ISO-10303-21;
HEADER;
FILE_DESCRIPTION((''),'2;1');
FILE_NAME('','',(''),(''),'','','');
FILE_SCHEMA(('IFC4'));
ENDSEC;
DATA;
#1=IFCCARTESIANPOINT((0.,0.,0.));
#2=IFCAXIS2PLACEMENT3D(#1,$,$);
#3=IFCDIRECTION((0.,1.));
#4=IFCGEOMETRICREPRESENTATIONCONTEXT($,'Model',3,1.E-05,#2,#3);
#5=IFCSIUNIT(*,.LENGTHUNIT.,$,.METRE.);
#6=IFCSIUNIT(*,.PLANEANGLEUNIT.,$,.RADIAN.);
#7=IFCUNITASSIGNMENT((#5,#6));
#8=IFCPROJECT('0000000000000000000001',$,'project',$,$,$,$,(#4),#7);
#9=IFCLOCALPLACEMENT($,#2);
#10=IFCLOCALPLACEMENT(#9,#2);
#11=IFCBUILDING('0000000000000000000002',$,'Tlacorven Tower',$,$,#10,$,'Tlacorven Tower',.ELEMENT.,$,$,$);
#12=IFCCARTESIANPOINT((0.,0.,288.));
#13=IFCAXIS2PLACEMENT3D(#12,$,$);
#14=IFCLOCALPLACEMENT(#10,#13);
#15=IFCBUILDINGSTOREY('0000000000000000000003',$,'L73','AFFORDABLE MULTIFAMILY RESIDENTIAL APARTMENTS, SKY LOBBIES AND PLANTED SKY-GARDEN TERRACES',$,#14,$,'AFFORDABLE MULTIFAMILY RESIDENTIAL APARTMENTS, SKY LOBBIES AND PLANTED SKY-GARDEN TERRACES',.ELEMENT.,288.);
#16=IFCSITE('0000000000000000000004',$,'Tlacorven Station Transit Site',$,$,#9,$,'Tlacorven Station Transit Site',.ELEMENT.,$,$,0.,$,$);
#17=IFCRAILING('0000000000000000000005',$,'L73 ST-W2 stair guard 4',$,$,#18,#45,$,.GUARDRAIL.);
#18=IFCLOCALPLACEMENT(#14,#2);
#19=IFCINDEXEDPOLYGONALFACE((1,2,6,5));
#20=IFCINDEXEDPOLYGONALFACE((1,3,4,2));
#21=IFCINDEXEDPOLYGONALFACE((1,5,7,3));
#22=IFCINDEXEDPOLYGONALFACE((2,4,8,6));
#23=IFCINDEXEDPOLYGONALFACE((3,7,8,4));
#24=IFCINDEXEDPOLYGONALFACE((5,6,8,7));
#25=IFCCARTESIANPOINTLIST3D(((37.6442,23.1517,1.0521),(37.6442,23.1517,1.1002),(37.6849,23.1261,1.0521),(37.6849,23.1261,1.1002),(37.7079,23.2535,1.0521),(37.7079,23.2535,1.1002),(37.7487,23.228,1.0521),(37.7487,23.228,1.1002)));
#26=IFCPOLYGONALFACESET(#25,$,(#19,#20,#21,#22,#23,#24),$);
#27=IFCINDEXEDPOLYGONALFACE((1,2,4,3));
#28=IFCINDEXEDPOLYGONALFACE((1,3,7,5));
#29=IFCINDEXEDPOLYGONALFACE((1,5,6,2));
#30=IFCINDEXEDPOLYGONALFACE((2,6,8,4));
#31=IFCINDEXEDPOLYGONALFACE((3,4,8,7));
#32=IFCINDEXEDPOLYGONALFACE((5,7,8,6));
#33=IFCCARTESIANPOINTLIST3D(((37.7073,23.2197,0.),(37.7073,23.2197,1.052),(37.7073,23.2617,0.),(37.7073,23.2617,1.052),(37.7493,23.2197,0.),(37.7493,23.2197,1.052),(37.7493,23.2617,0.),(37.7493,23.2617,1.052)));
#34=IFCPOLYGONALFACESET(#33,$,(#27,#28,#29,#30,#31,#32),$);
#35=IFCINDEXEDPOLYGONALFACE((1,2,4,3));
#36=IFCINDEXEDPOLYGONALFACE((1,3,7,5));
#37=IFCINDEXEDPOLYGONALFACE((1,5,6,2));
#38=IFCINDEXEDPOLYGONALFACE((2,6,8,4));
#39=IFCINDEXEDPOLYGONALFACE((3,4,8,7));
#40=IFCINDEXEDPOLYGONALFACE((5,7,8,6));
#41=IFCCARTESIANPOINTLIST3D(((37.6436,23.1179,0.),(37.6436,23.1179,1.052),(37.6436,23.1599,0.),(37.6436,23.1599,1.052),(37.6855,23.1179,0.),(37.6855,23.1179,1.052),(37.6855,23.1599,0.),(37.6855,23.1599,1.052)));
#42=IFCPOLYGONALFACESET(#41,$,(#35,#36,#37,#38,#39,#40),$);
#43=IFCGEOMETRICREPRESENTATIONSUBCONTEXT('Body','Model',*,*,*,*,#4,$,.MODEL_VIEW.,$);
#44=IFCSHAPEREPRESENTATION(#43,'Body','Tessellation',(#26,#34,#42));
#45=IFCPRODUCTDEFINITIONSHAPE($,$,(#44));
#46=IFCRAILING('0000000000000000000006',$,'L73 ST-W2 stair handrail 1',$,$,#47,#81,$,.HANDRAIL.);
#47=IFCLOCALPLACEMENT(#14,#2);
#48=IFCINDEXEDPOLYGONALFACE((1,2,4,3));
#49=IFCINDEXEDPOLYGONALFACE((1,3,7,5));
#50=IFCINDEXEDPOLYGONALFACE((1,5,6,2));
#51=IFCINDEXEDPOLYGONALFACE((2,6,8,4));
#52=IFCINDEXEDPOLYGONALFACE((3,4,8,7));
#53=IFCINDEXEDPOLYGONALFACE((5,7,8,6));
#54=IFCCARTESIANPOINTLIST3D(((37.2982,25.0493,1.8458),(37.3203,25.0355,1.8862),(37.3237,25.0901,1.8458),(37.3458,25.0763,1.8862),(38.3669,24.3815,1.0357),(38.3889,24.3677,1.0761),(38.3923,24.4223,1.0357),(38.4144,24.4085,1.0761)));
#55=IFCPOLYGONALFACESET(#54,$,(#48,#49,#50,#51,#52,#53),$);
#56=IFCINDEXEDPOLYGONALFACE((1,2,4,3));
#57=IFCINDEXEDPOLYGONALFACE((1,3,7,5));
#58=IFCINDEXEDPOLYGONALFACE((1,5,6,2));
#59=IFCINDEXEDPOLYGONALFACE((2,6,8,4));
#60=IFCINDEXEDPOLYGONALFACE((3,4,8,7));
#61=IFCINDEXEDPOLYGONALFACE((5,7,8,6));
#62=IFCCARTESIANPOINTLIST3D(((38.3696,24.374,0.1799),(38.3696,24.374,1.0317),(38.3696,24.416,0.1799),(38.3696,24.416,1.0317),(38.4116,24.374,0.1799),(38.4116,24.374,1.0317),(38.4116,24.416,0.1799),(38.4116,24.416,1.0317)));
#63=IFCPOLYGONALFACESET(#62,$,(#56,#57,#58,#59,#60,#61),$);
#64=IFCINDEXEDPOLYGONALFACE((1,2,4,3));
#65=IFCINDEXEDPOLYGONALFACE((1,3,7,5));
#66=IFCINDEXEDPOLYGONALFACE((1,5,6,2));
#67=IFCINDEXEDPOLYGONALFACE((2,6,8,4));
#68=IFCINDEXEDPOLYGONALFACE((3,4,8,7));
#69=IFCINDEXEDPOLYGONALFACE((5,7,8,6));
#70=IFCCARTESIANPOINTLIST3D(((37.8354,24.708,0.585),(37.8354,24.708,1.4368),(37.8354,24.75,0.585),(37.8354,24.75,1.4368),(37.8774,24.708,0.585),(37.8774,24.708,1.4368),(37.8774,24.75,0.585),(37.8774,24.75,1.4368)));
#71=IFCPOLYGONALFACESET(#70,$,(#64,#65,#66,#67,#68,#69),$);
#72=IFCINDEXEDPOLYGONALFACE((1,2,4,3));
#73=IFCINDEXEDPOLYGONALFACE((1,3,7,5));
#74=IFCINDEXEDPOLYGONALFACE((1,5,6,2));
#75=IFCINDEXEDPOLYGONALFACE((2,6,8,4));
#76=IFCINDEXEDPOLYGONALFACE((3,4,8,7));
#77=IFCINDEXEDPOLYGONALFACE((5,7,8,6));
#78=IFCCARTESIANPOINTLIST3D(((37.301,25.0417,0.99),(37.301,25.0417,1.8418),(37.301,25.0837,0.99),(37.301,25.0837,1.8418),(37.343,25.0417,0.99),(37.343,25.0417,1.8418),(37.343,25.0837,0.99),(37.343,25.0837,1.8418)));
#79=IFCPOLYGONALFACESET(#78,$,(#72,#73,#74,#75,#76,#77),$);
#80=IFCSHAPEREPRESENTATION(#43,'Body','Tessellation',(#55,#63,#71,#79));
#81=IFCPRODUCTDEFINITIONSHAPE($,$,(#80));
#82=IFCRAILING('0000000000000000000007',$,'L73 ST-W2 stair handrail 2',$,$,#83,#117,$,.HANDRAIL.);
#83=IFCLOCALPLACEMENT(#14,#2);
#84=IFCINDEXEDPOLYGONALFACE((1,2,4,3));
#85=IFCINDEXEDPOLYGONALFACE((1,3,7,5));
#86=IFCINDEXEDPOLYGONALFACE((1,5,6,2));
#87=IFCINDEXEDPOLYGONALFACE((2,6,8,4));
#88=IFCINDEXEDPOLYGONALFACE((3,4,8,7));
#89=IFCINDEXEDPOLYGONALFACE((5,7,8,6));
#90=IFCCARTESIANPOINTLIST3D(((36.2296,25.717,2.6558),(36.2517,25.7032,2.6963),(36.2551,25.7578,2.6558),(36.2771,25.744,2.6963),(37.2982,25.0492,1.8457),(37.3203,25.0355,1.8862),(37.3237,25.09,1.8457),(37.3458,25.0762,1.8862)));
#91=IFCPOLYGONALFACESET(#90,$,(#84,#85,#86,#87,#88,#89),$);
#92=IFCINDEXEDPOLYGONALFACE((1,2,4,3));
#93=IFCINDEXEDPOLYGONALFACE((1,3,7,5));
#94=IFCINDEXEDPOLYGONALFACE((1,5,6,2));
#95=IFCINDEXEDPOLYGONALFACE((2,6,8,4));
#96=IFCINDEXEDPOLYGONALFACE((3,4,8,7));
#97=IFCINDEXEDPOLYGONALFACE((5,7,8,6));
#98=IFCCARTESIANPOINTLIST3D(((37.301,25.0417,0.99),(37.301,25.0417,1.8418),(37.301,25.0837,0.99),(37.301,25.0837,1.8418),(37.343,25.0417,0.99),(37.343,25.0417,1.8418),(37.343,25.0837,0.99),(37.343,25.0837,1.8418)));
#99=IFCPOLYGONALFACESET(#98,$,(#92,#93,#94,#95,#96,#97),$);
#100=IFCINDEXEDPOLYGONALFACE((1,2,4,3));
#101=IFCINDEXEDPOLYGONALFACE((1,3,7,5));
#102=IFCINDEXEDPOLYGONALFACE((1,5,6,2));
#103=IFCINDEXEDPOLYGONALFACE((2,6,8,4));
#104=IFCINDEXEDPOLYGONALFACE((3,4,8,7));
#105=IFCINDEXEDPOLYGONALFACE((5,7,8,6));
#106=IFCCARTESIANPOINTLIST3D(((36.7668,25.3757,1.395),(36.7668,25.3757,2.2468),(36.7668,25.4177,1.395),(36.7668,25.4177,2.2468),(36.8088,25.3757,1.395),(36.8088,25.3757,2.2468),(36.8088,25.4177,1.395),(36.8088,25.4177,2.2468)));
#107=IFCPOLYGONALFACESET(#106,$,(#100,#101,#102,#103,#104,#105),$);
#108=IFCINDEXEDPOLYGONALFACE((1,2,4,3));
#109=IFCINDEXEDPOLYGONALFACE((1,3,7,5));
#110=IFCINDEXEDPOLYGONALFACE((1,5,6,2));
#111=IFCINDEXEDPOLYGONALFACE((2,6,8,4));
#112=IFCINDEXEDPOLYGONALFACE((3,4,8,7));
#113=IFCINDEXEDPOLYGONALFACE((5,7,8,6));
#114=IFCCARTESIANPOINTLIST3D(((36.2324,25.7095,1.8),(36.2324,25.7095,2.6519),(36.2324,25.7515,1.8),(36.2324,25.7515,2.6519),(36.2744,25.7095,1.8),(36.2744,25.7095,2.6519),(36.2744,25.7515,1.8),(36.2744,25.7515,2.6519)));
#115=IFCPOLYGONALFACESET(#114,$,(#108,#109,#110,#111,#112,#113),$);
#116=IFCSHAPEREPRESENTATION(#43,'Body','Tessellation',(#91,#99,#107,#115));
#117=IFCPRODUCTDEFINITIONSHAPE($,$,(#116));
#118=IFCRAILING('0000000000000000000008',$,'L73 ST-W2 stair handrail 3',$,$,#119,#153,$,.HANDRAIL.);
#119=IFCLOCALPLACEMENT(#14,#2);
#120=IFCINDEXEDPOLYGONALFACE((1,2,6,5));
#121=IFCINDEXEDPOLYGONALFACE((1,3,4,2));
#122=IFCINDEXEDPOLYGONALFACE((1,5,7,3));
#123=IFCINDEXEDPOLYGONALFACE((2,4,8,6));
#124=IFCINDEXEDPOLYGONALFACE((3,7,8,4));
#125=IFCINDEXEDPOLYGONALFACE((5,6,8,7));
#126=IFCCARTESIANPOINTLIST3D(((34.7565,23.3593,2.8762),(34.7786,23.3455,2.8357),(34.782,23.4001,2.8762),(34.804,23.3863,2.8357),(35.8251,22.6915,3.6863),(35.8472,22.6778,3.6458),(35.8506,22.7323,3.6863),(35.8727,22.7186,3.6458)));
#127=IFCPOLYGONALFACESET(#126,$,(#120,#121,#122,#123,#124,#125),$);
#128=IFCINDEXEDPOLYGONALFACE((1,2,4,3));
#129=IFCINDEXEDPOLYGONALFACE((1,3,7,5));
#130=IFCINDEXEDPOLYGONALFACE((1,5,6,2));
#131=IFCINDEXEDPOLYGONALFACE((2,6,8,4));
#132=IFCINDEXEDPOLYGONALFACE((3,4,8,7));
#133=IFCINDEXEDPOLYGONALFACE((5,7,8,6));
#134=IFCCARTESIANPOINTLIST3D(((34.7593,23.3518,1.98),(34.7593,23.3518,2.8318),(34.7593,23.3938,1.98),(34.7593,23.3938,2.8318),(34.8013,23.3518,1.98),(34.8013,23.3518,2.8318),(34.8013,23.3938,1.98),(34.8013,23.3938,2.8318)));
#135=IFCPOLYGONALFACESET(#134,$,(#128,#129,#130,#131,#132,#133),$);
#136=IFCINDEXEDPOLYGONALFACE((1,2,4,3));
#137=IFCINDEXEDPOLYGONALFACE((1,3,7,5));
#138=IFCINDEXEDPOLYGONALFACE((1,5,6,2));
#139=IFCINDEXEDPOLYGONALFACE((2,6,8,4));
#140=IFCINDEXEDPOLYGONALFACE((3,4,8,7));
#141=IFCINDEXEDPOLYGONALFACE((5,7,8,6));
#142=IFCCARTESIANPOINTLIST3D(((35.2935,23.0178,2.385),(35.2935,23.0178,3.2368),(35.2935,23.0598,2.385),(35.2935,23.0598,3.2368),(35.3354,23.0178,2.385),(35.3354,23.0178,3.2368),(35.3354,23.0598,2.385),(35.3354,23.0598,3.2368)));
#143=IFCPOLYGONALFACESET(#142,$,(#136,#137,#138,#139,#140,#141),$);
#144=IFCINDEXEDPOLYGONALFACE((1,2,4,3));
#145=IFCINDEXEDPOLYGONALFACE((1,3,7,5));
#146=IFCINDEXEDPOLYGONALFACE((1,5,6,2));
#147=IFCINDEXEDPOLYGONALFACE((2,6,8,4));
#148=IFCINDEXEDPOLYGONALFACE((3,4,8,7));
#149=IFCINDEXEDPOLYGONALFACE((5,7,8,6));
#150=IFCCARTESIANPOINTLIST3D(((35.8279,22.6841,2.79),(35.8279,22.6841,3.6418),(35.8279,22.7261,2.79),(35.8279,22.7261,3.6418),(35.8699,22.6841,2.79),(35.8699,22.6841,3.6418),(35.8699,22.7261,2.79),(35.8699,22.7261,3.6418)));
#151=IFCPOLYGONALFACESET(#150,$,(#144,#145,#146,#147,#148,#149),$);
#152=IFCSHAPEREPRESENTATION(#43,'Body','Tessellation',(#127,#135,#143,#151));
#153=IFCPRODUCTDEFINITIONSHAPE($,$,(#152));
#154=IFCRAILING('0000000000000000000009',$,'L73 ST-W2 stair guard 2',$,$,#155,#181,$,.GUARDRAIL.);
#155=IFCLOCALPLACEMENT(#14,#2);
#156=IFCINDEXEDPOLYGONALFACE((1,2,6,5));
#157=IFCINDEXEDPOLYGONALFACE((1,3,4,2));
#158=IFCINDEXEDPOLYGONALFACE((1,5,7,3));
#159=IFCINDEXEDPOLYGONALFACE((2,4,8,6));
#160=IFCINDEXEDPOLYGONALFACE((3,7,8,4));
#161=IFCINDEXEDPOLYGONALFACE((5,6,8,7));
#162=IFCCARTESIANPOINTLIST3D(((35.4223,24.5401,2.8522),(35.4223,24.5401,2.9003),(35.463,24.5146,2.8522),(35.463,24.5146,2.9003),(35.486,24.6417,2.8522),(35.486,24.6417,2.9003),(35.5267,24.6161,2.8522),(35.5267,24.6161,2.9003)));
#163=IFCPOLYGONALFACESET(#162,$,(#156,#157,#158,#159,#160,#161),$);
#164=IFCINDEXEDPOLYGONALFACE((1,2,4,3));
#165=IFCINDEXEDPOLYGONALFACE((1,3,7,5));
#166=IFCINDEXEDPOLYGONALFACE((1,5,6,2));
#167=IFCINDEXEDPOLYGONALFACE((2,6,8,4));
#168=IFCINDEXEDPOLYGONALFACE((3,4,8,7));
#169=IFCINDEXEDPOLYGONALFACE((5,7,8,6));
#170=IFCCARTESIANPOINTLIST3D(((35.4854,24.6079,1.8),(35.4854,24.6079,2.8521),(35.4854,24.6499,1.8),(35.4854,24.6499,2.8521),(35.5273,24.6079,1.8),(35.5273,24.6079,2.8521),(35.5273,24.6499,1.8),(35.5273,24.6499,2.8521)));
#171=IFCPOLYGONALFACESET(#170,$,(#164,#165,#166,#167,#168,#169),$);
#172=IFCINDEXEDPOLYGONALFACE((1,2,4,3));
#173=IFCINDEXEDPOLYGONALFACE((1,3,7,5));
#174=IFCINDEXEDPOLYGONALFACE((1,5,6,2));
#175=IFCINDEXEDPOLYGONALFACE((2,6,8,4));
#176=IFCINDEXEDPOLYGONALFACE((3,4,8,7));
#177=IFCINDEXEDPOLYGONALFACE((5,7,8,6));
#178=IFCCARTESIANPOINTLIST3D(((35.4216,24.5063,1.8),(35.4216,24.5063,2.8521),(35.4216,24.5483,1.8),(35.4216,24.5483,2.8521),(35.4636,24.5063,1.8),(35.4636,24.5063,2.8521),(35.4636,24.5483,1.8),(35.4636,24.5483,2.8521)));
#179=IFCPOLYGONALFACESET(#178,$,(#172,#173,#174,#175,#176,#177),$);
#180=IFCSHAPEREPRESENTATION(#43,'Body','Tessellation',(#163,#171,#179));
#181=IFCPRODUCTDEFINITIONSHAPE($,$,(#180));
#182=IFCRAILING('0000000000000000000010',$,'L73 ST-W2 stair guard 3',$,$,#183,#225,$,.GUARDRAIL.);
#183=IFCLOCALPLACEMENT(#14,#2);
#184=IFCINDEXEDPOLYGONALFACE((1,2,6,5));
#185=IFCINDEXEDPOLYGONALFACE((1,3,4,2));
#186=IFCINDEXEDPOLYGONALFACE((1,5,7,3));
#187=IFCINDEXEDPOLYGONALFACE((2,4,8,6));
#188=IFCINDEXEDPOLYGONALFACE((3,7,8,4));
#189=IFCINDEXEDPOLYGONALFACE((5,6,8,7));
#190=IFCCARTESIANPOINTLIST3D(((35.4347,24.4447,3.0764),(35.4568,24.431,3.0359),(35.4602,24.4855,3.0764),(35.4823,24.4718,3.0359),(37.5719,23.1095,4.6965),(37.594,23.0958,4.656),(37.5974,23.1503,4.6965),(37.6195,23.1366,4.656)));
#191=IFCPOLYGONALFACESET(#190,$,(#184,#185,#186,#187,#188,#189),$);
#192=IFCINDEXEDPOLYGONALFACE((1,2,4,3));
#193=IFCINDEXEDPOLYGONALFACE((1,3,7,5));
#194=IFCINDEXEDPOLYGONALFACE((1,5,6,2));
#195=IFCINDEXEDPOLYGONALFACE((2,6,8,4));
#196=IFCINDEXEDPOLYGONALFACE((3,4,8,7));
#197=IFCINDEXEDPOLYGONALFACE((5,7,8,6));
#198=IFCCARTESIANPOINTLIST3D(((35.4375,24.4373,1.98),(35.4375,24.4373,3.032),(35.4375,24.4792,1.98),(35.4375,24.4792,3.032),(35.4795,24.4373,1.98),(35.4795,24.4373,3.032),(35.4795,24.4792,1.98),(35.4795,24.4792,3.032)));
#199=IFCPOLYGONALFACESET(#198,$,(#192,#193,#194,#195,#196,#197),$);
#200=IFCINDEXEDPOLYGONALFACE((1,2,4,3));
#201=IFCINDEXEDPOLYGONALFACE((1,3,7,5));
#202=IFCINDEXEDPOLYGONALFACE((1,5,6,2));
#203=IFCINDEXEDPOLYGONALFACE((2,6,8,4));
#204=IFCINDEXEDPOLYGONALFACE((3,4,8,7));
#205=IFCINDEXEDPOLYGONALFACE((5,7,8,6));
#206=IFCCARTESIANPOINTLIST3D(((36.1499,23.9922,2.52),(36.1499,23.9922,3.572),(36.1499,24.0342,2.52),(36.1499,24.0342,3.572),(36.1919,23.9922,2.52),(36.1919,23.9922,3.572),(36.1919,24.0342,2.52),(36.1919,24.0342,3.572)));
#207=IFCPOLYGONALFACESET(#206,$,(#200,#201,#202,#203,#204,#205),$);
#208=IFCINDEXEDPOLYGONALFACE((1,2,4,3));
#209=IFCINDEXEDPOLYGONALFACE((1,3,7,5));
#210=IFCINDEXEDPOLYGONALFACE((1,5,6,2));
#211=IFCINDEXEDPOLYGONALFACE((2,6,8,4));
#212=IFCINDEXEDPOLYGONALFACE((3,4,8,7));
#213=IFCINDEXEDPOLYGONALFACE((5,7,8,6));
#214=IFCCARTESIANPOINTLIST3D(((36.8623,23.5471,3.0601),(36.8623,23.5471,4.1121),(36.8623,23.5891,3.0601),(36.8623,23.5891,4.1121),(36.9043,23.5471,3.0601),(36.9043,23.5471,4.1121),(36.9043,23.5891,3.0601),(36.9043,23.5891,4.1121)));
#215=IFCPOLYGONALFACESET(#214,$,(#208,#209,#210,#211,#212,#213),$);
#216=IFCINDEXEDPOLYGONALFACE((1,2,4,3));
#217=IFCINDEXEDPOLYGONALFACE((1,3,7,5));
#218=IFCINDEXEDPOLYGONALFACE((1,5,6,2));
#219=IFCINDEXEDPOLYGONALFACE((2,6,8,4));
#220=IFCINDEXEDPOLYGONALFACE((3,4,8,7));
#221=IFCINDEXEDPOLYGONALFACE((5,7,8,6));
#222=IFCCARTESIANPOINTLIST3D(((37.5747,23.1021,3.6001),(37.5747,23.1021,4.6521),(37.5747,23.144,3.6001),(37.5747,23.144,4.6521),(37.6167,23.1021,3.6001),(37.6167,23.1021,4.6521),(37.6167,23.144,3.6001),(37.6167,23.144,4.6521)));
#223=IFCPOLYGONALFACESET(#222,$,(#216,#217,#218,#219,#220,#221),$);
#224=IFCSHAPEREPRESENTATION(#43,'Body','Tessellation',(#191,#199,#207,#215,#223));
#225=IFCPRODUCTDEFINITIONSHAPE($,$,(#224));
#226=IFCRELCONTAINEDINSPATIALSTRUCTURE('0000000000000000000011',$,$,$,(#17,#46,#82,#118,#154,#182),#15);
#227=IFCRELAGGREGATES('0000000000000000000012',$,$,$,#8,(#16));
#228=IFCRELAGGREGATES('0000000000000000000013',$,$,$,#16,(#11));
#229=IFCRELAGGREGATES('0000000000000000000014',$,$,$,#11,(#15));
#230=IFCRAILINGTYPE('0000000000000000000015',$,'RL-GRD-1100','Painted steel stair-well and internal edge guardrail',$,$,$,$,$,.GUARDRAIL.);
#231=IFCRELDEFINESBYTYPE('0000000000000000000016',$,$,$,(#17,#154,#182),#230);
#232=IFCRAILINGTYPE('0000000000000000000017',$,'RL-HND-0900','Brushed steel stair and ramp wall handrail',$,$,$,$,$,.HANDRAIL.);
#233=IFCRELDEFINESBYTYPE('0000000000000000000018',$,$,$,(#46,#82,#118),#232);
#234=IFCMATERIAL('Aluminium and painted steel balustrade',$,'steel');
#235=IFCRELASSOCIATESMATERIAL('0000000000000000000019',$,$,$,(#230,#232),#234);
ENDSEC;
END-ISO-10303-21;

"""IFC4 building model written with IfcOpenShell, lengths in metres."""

from ifc_helpers import new_model, si_unit, direction, frame, origin, origin_2d, place, context, subcontext, project, spatial, rectangle, extrude, source, transform, mapped, material, type_object, element, save


model = new_model("IFC4")

# Units and contexts
model_context = context("Model", 3, precision=1e-05, world=origin(), true_north=direction((0.0, 1.0)))
body_context = subcontext(model_context, "Body", "Model", "MODEL_VIEW")
ifc_project = project(units=[si_unit("LENGTHUNIT", "METRE"), si_unit("PLANEANGLEUNIT", "RADIAN")], contexts=[model_context])

# Site, building, storey
site_placement = place(None, origin())
site = spatial("IfcSite", under=ifc_project, at=site_placement, Name="Tlacorven Station Transit Site", LongName="Tlacorven Station Transit Site", CompositionType="ELEMENT", RefElevation=0.0)
building_placement = place(site_placement, origin())
building = spatial("IfcBuilding", under=site, at=building_placement, Name="Tlacorven Tower", LongName="Tlacorven Tower", CompositionType="ELEMENT")
storey_placement = place(building_placement, frame((0.0, 0.0, 288.0)))
storey = spatial("IfcBuildingStorey", under=building, at=storey_placement, Name="L73", Description="AFFORDABLE MULTIFAMILY RESIDENTIAL APARTMENTS, SKY LOBBIES AND PLANTED SKY-GARDEN TERRACES", LongName="AFFORDABLE MULTIFAMILY RESIDENTIAL APARTMENTS, SKY LOBBIES AND PLANTED SKY-GARDEN TERRACES", CompositionType="ELEMENT", Elevation=288.0)

# Railings
ifc_material_1 = material(Name="Aluminium and painted steel balustrade", Category="steel")
railing_type_1 = type_object("IfcRailingType", Name="RL-GRD-1100", Description="Painted steel stair-well and internal edge guardrail", PredefinedType="GUARDRAIL", material=ifc_material_1)
shared_shape_1 = source(origin(), body_context, "Body", "SweptSolid", [
    extrude(rectangle(XDim=0.0481, YDim=0.0481, at=origin_2d()), frame((0.0, 0.0, 1.0762), z_axis=(-0.530547, -0.847656, 0.0), x_axis=(0.847656, -0.530547, 0.0)), (0.0, 0.0, 1.0), 0.1201),
    extrude(rectangle(XDim=0.042, YDim=0.042, at=origin_2d()), origin(), (0.0, 0.0, 1.0), 1.052),
    extrude(rectangle(XDim=0.042, YDim=0.042, at=origin_2d()), frame((-0.0637, -0.1018, 0.0)), (0.0, 0.0, 1.0), 1.052),
])
railing_1_placement = place(storey_placement, frame((37.7283, 23.2407, 0.0)))
element("IfcRailing", 1, at=railing_1_placement, inside=storey, type_object=railing_type_1, Name="L73 ST-W2 stair guard 4", PredefinedType="GUARDRAIL", context=body_context, shape_type="MappedRepresentation", body=[
    mapped(shared_shape_1, transform((0.0, 0.0, 0.0), scale=1.0)),
])
railing_type_2 = type_object("IfcRailingType", Name="RL-HND-0900", Description="Brushed steel stair and ramp wall handrail", PredefinedType="HANDRAIL", material=ifc_material_1)
shared_shape_2 = source(origin(), body_context, "Body", "SweptSolid", [
    extrude(rectangle(XDim=0.0481, YDim=0.0481, at=origin_2d()), frame((0.0, 0.0, 0.876), z_axis=(-0.71336, 0.445748, 0.540765), x_axis=(-0.529912, -0.848053, 0.0)), (0.0, 0.0, 1.0), 1.498),
    extrude(rectangle(XDim=0.042, YDim=0.042, at=origin_2d()), origin(), (0.0, 0.0, 1.0), 0.8518),
    extrude(rectangle(XDim=0.042, YDim=0.042, at=origin_2d()), frame((-0.5342, 0.334, 0.405)), (0.0, 0.0, 1.0), 0.8518),
    extrude(rectangle(XDim=0.042, YDim=0.042, at=origin_2d()), frame((-1.0686, 0.6677, 0.8101)), (0.0, 0.0, 1.0), 0.8518),
])
for number, where, name in (
    (2, (38.3906, 24.395, 0.1799), "L73 ST-W2 stair handrail 1"),
    (3, (37.322, 25.0627, 0.99), "L73 ST-W2 stair handrail 2"),
):
    element("IfcRailing", number, at=place(storey_placement, frame(where)), inside=storey, type_object=railing_type_2, Name=name, PredefinedType="HANDRAIL", context=body_context, shape_type="MappedRepresentation", body=[
        mapped(shared_shape_2, transform((0.0, 0.0, 0.0), scale=1.0)),
    ])
shared_shape_3 = source(origin(), body_context, "Body", "SweptSolid", [
    extrude(rectangle(XDim=0.0481, YDim=0.0481, at=origin_2d()), frame((0.0, 0.0, 0.876), z_axis=(0.71336, -0.445748, 0.540765), x_axis=(0.529912, 0.848053, 0.0)), (0.0, 0.0, 1.0), 1.498),
    extrude(rectangle(XDim=0.042, YDim=0.042, at=origin_2d()), origin(), (0.0, 0.0, 1.0), 0.8518),
    extrude(rectangle(XDim=0.042, YDim=0.042, at=origin_2d()), frame((0.5342, -0.334, 0.405)), (0.0, 0.0, 1.0), 0.8518),
    extrude(rectangle(XDim=0.042, YDim=0.042, at=origin_2d()), frame((1.0686, -0.6677, 0.8101)), (0.0, 0.0, 1.0), 0.8518),
])
railing_2_placement = place(storey_placement, frame((34.7803, 23.3728, 1.98)))
element("IfcRailing", 4, at=railing_2_placement, inside=storey, type_object=railing_type_2, Name="L73 ST-W2 stair handrail 3", PredefinedType="HANDRAIL", context=body_context, shape_type="MappedRepresentation", body=[
    mapped(shared_shape_3, transform((0.0, 0.0, 0.0), scale=1.0)),
])
shared_shape_4 = source(origin(), body_context, "Body", "SweptSolid", [
    extrude(rectangle(XDim=0.0481, YDim=0.0481, at=origin_2d()), frame((0.0, 0.0, 1.0762), z_axis=(-0.531462, -0.847082, 0.0), x_axis=(0.847082, -0.531462, 0.0)), (0.0, 0.0, 1.0), 0.1199),
    extrude(rectangle(XDim=0.042, YDim=0.042, at=origin_2d()), origin(), (0.0, 0.0, 1.0), 1.052),
    extrude(rectangle(XDim=0.042, YDim=0.042, at=origin_2d()), frame((-0.0637, -0.1016, 0.0)), (0.0, 0.0, 1.0), 1.052),
])
railing_3_placement = place(storey_placement, frame((35.5063, 24.6289, 1.8)))
element("IfcRailing", 5, at=railing_3_placement, inside=storey, type_object=railing_type_1, Name="L73 ST-W2 stair guard 2", PredefinedType="GUARDRAIL", context=body_context, shape_type="MappedRepresentation", body=[
    mapped(shared_shape_4, transform((0.0, 0.0, 0.0), scale=1.0)),
])
shared_shape_5 = source(origin(), body_context, "Body", "SweptSolid", [
    extrude(rectangle(XDim=0.0481, YDim=0.0481, at=origin_2d()), frame((0.0, 0.0, 1.0762), z_axis=(0.713386, -0.445683, 0.540784), x_axis=(0.529842, 0.848096, 0.0)), (0.0, 0.0, 1.0), 2.9958),
    extrude(rectangle(XDim=0.042, YDim=0.042, at=origin_2d()), origin(), (0.0, 0.0, 1.0), 1.052),
    extrude(rectangle(XDim=0.042, YDim=0.042, at=origin_2d()), frame((0.7124, -0.4451, 0.54)), (0.0, 0.0, 1.0), 1.052),
    extrude(rectangle(XDim=0.042, YDim=0.042, at=origin_2d()), frame((1.4248, -0.8901, 1.0801)), (0.0, 0.0, 1.0), 1.052),
    extrude(rectangle(XDim=0.042, YDim=0.042, at=origin_2d()), frame((2.1372, -1.3352, 1.6201)), (0.0, 0.0, 1.0), 1.052),
])
railing_4_placement = place(storey_placement, frame((35.4585, 24.4583, 1.98)))
element("IfcRailing", 6, at=railing_4_placement, inside=storey, type_object=railing_type_1, Name="L73 ST-W2 stair guard 3", PredefinedType="GUARDRAIL", context=body_context, shape_type="MappedRepresentation", body=[
    mapped(shared_shape_5, transform((0.0, 0.0, 0.0), scale=1.0)),
])

save(model, "model.ifc")
